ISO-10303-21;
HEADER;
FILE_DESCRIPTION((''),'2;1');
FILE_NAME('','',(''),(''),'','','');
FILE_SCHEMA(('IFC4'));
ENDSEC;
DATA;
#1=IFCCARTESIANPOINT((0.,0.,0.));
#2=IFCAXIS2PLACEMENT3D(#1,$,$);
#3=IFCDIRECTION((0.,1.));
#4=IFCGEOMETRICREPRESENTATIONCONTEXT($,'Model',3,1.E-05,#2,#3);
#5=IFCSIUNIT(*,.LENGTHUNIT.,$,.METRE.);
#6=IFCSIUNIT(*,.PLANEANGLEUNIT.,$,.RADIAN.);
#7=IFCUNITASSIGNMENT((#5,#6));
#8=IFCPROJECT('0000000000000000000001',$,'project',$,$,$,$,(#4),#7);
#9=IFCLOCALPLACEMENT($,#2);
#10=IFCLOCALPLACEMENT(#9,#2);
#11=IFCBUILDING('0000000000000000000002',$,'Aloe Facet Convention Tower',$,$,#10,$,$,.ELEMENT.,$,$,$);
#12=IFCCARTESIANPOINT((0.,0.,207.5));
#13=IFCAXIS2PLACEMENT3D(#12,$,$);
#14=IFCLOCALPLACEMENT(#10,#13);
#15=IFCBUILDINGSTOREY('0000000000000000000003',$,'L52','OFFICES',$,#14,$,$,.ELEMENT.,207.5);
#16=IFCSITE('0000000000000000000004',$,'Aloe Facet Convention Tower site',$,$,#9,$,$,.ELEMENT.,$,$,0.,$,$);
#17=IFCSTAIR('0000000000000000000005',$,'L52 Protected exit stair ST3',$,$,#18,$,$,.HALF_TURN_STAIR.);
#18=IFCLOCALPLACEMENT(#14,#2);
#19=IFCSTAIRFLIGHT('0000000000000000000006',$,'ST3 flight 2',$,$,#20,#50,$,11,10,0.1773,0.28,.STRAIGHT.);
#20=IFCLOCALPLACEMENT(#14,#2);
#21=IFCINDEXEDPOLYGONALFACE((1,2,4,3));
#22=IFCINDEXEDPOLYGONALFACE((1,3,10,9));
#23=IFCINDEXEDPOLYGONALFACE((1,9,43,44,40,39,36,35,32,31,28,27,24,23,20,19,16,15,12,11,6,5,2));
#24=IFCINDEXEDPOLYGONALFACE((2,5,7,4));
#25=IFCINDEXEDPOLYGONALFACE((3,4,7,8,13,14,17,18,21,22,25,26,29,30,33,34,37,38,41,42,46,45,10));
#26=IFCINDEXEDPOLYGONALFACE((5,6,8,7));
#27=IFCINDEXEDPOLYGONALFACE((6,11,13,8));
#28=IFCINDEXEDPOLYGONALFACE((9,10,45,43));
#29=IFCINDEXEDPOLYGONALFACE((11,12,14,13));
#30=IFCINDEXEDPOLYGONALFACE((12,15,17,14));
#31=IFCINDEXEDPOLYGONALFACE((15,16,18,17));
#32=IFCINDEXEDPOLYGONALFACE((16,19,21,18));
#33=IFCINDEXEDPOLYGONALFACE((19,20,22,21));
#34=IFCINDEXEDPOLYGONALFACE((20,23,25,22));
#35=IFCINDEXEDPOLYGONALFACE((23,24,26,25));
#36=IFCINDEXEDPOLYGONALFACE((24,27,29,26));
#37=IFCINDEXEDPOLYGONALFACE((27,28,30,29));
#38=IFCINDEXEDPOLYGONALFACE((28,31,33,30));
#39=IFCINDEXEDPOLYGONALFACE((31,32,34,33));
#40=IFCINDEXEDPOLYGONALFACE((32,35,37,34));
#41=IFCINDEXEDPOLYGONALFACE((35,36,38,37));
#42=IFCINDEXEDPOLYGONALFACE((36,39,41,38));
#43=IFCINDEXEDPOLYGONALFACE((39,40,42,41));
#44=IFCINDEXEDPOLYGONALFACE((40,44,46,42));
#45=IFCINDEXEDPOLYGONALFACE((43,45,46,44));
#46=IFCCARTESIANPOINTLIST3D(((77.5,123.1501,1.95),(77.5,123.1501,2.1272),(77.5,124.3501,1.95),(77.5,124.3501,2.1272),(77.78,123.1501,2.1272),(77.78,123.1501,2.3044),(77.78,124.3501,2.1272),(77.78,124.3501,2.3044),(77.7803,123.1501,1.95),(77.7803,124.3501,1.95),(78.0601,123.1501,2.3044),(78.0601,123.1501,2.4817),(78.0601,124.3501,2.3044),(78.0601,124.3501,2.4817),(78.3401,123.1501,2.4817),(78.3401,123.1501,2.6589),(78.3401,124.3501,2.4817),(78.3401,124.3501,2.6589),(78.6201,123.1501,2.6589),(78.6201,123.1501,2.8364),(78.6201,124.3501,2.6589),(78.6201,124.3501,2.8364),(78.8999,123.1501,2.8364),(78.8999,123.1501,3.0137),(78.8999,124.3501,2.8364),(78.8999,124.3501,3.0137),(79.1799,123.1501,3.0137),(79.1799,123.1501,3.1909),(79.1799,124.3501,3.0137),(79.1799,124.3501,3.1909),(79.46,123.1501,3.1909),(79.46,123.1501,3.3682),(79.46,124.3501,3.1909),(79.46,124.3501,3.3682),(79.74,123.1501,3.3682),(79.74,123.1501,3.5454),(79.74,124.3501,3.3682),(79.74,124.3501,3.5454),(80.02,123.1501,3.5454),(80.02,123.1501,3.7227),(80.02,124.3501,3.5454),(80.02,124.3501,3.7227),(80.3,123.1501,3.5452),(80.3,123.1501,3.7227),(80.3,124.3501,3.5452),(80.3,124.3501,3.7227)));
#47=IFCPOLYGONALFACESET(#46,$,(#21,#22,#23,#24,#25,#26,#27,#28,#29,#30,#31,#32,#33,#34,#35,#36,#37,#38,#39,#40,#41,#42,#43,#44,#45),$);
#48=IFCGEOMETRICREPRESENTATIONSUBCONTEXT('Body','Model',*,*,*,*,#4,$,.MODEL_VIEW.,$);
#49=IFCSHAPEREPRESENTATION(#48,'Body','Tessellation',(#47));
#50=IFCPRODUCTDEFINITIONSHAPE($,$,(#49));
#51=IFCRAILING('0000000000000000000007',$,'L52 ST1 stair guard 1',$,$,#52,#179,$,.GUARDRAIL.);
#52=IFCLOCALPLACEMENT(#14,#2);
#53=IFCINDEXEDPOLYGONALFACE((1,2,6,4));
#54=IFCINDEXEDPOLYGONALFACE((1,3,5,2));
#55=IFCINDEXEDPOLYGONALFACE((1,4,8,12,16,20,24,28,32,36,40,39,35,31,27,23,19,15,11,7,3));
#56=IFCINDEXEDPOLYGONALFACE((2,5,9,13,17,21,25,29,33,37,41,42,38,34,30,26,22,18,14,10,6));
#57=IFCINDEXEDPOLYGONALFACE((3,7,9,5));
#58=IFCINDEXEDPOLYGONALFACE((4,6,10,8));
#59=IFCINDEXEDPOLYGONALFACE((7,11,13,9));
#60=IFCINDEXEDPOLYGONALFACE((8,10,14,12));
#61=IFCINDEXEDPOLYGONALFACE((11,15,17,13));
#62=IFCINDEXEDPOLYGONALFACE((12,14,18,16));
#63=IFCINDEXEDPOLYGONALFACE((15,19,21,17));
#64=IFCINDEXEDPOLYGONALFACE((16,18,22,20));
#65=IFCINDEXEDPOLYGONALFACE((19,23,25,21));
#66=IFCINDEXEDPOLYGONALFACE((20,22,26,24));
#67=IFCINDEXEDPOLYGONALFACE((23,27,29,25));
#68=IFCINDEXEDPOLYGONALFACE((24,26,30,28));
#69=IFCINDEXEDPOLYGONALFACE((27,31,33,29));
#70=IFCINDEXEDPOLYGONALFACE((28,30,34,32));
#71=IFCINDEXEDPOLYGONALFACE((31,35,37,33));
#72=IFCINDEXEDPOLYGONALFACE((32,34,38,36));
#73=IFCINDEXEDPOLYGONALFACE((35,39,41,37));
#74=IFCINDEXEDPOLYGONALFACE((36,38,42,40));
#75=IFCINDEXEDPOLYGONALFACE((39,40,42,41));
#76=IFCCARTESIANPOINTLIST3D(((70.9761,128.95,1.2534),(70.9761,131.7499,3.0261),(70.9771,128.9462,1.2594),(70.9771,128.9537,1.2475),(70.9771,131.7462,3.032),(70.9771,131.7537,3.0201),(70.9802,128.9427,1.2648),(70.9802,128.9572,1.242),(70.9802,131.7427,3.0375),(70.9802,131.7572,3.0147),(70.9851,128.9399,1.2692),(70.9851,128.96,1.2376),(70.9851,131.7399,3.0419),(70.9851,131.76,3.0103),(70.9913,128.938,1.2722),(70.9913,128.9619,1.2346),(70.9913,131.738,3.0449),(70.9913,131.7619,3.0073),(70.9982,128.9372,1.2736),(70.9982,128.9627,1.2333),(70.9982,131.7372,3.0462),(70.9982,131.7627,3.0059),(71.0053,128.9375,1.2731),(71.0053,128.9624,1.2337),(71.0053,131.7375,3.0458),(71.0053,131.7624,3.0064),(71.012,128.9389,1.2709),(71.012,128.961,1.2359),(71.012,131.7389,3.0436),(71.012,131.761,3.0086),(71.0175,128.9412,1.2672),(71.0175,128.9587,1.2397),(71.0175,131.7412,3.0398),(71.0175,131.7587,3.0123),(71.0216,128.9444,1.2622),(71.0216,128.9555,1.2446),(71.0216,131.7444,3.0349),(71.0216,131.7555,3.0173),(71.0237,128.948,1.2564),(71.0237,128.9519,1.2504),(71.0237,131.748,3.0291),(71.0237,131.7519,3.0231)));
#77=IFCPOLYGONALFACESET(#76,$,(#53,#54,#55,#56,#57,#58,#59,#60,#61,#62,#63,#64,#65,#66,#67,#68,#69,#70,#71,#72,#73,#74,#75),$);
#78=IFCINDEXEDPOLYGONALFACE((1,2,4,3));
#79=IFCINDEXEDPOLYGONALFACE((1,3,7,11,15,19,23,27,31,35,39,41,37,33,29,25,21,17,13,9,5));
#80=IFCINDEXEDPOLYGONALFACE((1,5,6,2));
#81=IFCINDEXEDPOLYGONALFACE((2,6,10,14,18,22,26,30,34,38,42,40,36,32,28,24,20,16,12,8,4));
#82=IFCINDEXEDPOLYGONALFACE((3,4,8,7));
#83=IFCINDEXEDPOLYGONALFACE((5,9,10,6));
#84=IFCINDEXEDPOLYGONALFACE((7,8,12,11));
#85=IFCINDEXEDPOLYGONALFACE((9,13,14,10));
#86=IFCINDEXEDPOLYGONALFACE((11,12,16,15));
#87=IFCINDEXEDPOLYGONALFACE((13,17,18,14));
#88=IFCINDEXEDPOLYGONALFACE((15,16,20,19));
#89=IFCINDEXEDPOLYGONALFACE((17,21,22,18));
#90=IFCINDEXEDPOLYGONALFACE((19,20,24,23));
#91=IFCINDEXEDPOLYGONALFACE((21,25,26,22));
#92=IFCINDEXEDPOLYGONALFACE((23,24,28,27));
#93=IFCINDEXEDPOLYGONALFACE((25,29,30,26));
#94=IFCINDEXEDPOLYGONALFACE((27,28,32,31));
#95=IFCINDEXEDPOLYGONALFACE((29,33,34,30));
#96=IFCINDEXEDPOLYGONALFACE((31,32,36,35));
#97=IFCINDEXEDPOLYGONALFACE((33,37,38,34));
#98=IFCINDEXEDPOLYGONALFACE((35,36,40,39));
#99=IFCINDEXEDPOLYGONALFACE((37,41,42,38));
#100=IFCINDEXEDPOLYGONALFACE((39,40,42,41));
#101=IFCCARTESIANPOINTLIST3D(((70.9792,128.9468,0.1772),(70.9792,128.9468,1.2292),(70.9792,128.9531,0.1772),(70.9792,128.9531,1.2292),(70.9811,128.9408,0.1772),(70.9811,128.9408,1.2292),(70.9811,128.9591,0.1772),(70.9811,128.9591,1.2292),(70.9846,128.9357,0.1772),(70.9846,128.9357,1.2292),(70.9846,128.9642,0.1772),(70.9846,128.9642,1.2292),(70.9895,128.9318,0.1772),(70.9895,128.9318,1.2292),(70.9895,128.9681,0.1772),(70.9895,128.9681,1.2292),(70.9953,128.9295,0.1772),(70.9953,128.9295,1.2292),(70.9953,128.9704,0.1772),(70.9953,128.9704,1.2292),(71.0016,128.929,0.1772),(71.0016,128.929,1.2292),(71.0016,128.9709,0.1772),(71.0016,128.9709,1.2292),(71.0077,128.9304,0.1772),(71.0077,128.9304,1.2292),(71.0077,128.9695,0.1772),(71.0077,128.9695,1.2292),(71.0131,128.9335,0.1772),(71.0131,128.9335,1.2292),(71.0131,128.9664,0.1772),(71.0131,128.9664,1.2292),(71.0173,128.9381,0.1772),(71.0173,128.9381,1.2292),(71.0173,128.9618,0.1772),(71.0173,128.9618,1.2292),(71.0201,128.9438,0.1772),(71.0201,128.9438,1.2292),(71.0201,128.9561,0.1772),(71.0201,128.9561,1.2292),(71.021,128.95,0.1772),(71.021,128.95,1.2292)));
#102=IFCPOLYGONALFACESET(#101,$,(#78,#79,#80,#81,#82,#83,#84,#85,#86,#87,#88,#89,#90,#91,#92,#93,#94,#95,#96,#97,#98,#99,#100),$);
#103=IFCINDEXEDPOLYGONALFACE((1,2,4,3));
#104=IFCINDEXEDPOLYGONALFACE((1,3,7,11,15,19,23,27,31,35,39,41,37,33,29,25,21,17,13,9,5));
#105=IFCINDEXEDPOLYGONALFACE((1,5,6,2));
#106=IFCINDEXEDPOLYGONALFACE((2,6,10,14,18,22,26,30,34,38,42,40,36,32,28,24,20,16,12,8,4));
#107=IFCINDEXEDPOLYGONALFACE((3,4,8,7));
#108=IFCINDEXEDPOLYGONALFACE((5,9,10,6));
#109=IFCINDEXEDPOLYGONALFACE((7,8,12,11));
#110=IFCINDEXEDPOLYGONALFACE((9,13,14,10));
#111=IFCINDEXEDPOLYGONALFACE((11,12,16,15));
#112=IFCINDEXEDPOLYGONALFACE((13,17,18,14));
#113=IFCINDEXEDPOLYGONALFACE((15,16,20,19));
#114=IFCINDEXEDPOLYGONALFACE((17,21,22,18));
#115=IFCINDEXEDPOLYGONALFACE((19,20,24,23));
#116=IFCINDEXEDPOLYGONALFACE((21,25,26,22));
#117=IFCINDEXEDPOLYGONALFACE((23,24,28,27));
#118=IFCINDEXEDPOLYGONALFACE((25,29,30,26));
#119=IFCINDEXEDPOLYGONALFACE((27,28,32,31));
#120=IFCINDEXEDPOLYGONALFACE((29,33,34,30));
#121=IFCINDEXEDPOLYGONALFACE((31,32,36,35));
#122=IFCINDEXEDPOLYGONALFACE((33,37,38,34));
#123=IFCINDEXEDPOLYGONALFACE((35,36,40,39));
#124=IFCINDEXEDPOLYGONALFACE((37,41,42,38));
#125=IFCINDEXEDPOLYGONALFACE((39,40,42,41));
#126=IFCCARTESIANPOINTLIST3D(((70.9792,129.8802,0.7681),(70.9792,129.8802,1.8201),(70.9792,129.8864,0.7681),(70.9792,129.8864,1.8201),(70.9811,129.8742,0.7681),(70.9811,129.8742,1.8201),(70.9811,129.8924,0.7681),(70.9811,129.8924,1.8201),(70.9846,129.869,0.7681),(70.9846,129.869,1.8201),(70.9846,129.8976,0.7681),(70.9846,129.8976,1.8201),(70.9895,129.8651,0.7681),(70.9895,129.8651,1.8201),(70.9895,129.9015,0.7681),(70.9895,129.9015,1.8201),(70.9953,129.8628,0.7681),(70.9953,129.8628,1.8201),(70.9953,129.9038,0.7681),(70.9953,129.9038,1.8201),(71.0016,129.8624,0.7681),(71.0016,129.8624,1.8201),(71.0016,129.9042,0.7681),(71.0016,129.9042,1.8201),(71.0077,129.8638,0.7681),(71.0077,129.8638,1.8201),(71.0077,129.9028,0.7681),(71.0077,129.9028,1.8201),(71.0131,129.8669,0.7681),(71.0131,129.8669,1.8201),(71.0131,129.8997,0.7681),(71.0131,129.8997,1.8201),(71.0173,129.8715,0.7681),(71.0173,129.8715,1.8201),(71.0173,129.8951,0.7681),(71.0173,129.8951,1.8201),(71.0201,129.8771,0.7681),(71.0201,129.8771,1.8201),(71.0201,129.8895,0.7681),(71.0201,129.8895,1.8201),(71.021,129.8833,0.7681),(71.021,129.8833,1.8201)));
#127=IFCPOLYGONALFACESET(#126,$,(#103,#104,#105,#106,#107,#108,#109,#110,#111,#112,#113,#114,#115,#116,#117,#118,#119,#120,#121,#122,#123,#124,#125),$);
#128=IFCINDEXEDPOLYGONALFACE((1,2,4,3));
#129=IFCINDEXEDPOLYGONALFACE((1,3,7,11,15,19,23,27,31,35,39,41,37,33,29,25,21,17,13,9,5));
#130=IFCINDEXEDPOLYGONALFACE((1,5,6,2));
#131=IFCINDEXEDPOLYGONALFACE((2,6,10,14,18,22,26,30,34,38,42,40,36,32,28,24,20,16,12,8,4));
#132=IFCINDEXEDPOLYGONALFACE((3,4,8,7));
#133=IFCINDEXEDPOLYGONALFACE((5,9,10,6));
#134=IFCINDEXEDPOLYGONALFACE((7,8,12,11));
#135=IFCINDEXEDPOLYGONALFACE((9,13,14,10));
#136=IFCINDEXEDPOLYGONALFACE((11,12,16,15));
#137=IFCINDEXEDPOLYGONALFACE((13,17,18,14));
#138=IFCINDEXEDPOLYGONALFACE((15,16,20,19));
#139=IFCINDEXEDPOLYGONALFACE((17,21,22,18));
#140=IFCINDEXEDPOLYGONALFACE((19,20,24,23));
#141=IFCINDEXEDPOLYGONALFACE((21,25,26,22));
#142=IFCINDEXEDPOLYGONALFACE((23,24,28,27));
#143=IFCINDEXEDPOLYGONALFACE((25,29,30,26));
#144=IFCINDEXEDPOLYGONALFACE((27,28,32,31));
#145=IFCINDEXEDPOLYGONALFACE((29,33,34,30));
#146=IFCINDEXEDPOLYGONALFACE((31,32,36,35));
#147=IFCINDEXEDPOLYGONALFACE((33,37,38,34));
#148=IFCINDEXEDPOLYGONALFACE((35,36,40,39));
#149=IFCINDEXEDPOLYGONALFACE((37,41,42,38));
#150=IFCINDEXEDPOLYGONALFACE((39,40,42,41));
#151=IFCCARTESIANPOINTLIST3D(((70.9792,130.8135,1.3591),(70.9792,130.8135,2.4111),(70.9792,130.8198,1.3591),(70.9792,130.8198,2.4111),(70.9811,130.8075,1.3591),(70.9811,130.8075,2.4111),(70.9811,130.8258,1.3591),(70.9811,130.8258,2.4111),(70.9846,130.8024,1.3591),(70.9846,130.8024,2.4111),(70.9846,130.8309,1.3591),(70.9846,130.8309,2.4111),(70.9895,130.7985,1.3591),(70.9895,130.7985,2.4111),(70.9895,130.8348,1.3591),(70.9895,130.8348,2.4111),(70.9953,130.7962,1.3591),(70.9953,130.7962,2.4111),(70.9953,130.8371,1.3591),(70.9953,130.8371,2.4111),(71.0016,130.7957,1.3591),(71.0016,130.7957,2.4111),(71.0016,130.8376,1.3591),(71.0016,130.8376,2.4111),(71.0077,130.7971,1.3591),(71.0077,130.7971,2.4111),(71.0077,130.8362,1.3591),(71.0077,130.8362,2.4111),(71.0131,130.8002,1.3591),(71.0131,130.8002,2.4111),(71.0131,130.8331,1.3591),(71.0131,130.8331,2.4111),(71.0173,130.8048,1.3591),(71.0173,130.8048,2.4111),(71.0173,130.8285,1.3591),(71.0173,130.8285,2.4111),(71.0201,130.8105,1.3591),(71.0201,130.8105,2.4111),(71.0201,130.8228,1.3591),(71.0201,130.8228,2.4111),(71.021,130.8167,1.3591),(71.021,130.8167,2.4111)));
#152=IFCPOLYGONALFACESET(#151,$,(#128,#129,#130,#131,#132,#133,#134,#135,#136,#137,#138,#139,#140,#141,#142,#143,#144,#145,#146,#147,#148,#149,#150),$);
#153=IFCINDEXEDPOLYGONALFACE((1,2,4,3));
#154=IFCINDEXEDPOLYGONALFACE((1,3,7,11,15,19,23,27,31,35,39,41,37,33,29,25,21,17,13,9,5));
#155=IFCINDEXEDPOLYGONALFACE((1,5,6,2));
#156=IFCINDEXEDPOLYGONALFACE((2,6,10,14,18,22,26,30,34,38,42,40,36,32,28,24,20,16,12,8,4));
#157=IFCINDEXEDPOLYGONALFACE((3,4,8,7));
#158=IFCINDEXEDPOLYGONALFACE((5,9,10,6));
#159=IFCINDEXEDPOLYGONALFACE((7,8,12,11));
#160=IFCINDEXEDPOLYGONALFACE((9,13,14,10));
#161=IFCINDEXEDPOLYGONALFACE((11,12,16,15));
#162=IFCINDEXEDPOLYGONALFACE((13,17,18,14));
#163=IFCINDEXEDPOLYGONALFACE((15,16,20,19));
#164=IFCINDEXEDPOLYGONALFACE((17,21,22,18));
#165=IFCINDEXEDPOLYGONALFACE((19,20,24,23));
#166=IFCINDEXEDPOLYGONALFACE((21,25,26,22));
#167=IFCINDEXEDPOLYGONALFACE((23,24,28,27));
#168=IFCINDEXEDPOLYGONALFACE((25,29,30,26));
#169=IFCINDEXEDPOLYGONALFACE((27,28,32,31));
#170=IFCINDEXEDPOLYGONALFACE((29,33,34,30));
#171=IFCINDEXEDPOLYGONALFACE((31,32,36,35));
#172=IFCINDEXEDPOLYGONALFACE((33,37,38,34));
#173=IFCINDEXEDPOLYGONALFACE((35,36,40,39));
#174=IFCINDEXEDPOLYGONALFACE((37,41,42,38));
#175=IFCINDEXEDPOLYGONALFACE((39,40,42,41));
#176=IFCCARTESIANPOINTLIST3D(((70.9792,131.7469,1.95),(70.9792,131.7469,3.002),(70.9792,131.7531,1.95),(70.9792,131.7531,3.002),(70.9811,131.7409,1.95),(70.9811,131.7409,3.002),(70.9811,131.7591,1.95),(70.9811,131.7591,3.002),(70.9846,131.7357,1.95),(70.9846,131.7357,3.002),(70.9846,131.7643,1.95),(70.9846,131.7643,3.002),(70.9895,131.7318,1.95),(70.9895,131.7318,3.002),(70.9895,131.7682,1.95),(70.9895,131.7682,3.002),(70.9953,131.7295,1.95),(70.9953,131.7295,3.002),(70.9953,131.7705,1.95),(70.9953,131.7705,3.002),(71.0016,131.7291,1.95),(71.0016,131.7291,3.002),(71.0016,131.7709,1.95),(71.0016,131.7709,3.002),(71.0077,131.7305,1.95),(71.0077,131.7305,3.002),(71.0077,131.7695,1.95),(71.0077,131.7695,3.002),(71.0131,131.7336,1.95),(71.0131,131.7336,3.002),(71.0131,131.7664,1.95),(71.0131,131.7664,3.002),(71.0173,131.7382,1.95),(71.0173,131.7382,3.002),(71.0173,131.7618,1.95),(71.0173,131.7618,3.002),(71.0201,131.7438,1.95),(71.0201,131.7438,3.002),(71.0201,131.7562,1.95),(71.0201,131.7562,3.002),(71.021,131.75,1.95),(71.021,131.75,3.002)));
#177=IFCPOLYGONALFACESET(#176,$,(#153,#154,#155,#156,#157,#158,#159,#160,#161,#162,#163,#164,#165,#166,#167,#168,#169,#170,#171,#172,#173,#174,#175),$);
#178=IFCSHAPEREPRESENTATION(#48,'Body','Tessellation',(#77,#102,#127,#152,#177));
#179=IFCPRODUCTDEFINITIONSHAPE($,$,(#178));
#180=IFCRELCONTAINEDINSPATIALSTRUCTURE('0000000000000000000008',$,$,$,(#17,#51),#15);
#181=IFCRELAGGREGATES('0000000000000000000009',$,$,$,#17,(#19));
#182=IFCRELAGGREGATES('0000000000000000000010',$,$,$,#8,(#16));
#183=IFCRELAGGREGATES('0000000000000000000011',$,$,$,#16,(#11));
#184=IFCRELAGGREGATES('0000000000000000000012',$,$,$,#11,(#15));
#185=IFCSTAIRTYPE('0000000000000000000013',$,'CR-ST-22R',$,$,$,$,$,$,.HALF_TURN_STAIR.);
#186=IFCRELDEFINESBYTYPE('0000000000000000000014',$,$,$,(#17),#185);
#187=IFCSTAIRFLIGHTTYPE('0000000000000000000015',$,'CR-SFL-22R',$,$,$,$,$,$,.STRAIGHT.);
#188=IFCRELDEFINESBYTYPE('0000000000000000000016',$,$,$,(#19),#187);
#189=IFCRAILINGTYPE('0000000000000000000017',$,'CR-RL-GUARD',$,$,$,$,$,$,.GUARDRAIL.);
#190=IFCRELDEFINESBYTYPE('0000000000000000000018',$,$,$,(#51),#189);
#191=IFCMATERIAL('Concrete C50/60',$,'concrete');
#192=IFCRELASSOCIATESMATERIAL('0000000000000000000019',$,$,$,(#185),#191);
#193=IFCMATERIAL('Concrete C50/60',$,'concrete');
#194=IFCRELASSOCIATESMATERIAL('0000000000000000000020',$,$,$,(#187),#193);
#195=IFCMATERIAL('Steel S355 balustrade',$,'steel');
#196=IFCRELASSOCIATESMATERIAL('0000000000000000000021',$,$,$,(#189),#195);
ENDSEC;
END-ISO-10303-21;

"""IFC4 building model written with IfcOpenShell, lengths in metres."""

from ifc_helpers import new_model, si_unit, direction, frame, origin, origin_2d, place, context, subcontext, project, spatial, polyline, circle, outline, extrude, material, type_object, element, aggregate, save


model = new_model("IFC4")

# Units and contexts
model_context = context("Model", 3, precision=1e-05, world=origin(), true_north=direction((0.0, 1.0)))
body_context = subcontext(model_context, "Body", "Model", "MODEL_VIEW")
ifc_project = project(units=[si_unit("LENGTHUNIT", "METRE"), si_unit("PLANEANGLEUNIT", "RADIAN")], contexts=[model_context])

# Site, building, storey
site_placement = place(None, origin())
site = spatial("IfcSite", under=ifc_project, at=site_placement, Name="Aloe Facet Convention Tower site", CompositionType="ELEMENT", RefElevation=0.0)
building_placement = place(site_placement, origin())
building = spatial("IfcBuilding", under=site, at=building_placement, Name="Aloe Facet Convention Tower", CompositionType="ELEMENT")
storey_placement = place(building_placement, frame((0.0, 0.0, 207.5)))
storey = spatial("IfcBuildingStorey", under=building, at=storey_placement, Name="L52", Description="OFFICES", CompositionType="ELEMENT", Elevation=207.5)

# Stair, stair flight
ifc_material_1 = material(Name="Concrete C50/60", Category="concrete")
stair_type = type_object("IfcStairType", Name="CR-ST-22R", PredefinedType="HALF_TURN_STAIR", material=ifc_material_1)
ifc_material_2 = material(Name="Concrete C50/60", Category="concrete")
stair_flight_type = type_object("IfcStairFlightType", Name="CR-SFL-22R", PredefinedType="STRAIGHT", material=ifc_material_2)
stair_1_placement = place(storey_placement, origin())
stair_1 = element("IfcStair", 1, at=stair_1_placement, inside=storey, type_object=stair_type, Name="L52 Protected exit stair ST3", PredefinedType="HALF_TURN_STAIR")
stair_flight_1_placement = place(storey_placement, frame((77.5, 123.75, 1.95), z_axis=(0.0, 0.0, 1.0), x_axis=(1.0, 0.0, 0.0)))
stair_flight_1 = element("IfcStairFlight", 2, at=stair_flight_1_placement, type_object=stair_flight_type, Name="ST3 flight 2", NumberOfRisers=11, NumberOfTreads=10, PredefinedType="STRAIGHT", RiserHeight=0.1773, TreadLength=0.28, context=body_context, shape_type="SweptSolid", body=[
    extrude(outline(polyline([(0.0, 0.0), (0.0, 0.1772), (0.28, 0.1772), (0.28, 0.3545), (0.5601, 0.3545), (0.5601, 0.5317), (0.8401, 0.5317), (0.8401, 0.709), (1.1201, 0.709), (1.1201, 0.8865), (1.3999, 0.8865), (1.3999, 1.0637), (1.6799, 1.0637), (1.6799, 1.241), (1.96, 1.241), (1.96, 1.4182), (2.24, 1.4182), (2.24, 1.5955), (2.52, 1.5955), (2.52, 1.7727), (2.8, 1.7727), (2.8, 1.95), (2.8, 1.5952), (0.2803, 0.0), (0.0, 0.0)])), frame((0.0, 0.6001, 0.0), z_axis=(0.0, -1.0, 0.0), x_axis=(1.0, 0.0, 0.0)), (0.0, 0.0, 1.0), 1.2),
])
aggregate(stair_1, [stair_flight_1])

# Railing
ifc_material_3 = material(Name="Steel S355 balustrade", Category="steel")
railing_type_1 = type_object("IfcRailingType", Name="CR-RL-GUARD", PredefinedType="GUARDRAIL", material=ifc_material_3)
railing_1_placement = place(storey_placement, frame((71.0, 128.95, 0.1772)))
element("IfcRailing", 3, at=railing_1_placement, inside=storey, type_object=railing_type_1, Name="L52 ST1 stair guard 1", PredefinedType="GUARDRAIL", context=body_context, shape_type="SweptSolid", body=[
    extrude(circle(Radius=0.0239, at=origin_2d()), frame((0.0, 0.0, 1.0762), z_axis=(0.0, 0.844909, 0.53491), x_axis=(-1.0, 0.0, 0.0)), (0.0, 0.0, 1.0), 3.314),
    extrude(circle(Radius=0.021, at=origin_2d()), origin(), (0.0, 0.0, 1.0), 1.052),
    extrude(circle(Radius=0.021, at=origin_2d()), frame((0.0, 0.9333, 0.5908)), (0.0, 0.0, 1.0), 1.052),
    extrude(circle(Radius=0.021, at=origin_2d()), frame((0.0, 1.8667, 1.1819)), (0.0, 0.0, 1.0), 1.052),
    extrude(circle(Radius=0.021, at=origin_2d()), frame((0.0, 2.8, 1.7727)), (0.0, 0.0, 1.0), 1.052),
])

save(model, "model.ifc")
